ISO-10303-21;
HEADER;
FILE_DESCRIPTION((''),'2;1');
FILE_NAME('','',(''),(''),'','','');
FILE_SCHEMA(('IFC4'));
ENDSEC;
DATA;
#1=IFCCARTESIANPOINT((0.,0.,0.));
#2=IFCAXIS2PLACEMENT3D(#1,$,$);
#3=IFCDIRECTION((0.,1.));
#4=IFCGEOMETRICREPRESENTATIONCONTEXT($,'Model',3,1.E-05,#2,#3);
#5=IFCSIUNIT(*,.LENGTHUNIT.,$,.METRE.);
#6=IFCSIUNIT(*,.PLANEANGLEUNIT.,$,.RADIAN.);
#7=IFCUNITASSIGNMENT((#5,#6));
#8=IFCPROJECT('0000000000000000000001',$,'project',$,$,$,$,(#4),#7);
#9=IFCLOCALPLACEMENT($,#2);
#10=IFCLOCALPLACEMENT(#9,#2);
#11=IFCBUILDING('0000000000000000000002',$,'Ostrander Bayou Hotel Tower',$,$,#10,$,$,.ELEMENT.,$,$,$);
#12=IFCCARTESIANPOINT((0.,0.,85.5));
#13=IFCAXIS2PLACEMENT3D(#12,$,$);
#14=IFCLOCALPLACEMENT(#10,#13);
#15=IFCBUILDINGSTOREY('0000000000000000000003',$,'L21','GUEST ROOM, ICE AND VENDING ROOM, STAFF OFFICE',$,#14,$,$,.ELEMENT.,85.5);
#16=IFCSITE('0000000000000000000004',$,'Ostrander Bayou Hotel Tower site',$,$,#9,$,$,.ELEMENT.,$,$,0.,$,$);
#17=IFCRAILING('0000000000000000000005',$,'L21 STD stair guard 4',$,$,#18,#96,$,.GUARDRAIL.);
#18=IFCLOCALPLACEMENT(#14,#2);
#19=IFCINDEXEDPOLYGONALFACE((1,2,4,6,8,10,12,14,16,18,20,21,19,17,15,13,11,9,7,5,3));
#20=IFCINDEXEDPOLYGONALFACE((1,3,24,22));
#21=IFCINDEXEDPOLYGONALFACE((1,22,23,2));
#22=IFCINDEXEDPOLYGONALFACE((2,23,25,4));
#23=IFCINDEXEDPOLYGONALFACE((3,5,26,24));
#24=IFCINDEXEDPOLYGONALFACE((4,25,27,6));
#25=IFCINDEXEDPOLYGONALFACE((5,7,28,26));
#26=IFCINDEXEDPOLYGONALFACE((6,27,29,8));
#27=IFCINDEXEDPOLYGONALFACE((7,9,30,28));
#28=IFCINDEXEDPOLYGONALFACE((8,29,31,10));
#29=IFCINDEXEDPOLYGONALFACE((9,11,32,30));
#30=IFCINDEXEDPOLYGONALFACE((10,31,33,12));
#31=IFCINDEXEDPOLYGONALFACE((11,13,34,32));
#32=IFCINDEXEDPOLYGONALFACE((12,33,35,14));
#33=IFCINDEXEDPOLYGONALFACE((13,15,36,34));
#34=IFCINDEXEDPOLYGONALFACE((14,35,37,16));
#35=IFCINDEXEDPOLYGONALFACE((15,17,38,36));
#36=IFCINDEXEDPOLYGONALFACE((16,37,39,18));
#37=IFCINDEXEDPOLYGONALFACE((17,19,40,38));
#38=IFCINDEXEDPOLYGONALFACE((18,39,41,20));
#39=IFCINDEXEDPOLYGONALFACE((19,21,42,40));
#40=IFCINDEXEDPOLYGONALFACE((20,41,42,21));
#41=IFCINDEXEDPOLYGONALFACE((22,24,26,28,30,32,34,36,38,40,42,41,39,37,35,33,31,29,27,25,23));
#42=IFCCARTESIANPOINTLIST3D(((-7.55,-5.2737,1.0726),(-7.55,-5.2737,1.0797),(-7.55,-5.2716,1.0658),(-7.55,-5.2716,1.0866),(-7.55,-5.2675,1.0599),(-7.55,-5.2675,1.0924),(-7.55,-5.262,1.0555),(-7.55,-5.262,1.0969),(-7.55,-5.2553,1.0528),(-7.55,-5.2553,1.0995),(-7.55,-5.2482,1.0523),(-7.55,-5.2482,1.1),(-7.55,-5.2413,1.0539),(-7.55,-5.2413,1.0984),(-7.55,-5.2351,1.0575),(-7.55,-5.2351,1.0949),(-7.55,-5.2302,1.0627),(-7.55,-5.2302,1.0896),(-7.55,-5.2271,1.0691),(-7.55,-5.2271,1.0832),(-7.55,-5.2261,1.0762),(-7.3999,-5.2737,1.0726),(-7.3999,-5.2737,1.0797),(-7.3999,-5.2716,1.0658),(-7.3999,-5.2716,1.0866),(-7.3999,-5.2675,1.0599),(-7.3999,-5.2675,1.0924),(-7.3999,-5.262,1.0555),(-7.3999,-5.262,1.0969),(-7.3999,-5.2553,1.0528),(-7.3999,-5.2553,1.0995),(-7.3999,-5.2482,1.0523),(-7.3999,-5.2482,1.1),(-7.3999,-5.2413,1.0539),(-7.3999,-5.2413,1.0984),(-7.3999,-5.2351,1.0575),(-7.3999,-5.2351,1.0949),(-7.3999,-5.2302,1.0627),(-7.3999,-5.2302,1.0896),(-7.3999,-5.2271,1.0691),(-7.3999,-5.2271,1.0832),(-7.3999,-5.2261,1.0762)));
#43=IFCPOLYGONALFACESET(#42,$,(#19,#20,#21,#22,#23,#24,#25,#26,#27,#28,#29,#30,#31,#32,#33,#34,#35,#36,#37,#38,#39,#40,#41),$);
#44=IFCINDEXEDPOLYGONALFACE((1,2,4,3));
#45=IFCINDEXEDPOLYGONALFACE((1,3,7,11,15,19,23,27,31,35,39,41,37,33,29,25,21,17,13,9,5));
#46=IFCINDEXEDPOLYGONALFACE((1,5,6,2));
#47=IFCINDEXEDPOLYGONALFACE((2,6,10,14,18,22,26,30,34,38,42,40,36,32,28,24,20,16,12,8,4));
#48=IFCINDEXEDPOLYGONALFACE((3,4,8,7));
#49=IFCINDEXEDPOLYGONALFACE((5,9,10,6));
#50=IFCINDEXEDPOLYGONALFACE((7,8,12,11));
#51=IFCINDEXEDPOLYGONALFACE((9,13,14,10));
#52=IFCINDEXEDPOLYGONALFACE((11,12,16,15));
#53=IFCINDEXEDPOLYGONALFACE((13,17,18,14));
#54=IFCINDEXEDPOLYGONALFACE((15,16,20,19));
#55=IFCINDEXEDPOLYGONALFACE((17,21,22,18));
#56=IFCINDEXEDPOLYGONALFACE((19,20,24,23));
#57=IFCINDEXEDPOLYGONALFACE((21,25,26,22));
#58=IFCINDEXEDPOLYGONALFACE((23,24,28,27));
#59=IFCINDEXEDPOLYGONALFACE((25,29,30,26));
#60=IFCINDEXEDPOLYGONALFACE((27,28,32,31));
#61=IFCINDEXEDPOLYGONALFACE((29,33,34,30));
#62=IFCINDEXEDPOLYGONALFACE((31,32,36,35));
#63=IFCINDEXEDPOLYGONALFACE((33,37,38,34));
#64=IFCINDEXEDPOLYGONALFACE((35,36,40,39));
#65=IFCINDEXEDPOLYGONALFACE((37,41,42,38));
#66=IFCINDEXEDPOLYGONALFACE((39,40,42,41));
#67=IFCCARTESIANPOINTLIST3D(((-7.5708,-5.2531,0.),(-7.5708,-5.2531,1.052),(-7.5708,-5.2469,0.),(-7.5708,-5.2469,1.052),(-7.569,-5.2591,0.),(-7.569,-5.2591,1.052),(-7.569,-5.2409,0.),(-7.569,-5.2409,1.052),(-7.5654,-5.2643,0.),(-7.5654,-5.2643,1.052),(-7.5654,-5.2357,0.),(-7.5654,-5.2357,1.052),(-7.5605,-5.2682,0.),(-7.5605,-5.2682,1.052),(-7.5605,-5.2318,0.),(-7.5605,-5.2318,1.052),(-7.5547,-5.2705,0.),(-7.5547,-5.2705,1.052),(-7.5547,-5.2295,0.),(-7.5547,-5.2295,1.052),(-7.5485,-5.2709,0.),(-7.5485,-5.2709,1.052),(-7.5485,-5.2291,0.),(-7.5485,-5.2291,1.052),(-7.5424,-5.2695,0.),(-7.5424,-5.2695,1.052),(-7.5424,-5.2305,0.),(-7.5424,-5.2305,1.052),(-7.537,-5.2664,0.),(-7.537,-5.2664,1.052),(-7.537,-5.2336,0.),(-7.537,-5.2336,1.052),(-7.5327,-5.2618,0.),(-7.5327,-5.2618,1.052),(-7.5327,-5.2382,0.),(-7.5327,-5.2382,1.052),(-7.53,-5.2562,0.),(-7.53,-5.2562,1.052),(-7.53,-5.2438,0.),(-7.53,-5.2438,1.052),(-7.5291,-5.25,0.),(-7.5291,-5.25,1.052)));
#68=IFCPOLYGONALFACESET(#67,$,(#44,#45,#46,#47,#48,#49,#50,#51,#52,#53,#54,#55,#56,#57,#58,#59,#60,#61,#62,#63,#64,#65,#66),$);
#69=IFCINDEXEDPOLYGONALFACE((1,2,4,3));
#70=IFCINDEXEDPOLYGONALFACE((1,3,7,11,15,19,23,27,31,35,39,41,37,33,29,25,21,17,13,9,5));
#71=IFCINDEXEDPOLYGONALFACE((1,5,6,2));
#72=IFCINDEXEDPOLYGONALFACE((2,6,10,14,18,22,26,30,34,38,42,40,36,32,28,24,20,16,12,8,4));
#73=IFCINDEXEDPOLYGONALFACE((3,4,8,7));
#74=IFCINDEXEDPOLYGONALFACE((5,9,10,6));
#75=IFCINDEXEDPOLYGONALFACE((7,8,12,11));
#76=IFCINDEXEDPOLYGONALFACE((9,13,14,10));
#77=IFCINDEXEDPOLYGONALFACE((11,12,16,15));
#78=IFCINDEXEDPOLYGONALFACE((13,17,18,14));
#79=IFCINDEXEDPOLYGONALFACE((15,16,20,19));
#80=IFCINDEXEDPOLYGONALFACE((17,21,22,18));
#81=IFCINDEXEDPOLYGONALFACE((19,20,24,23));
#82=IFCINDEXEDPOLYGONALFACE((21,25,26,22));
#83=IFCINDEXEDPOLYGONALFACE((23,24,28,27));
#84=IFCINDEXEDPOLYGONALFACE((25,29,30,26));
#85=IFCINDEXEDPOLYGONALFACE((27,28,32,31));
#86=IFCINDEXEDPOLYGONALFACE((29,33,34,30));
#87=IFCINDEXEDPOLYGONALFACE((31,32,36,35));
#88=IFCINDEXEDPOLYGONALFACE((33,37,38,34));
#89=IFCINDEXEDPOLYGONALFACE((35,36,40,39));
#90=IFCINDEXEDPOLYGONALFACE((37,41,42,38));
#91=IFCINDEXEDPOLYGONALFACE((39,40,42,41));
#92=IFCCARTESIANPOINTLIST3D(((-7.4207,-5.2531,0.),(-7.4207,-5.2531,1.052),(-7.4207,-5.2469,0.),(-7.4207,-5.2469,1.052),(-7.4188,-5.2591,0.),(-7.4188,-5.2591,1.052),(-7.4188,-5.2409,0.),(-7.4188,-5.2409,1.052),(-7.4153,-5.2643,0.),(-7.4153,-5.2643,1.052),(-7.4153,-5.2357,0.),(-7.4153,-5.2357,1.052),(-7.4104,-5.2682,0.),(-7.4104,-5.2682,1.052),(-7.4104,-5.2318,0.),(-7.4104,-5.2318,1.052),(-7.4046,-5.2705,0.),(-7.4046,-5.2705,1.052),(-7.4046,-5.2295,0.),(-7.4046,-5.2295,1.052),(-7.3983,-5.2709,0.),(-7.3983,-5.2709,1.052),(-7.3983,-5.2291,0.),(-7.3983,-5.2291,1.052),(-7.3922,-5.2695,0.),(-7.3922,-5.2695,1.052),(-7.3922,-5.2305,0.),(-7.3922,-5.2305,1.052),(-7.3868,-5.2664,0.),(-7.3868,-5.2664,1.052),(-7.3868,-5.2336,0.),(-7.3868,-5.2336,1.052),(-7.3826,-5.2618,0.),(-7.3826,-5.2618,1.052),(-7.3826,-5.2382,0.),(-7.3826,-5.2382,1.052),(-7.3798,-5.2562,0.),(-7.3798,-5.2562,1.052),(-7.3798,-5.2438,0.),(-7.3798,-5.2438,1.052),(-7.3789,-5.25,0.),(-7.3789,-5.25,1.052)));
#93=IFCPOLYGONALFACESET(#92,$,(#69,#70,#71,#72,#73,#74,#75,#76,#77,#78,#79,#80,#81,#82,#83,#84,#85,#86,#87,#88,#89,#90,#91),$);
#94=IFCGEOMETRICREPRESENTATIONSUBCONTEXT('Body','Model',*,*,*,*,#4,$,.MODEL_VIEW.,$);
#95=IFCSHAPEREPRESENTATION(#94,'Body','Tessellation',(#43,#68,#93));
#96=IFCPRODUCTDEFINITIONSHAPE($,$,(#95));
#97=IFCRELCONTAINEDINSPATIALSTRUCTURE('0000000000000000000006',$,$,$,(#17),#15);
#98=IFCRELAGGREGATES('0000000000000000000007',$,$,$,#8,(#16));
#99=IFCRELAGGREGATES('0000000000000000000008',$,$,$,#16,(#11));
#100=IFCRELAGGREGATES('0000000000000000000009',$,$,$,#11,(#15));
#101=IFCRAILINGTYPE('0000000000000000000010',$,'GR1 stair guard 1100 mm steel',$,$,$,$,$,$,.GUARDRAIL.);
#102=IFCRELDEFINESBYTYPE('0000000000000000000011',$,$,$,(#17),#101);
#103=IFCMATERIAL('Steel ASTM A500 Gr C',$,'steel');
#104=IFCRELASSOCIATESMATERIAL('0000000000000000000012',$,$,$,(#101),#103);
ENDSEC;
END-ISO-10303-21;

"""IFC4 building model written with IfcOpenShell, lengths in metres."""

from ifc_helpers import new_model, si_unit, direction, frame, origin, origin_2d, place, context, subcontext, project, spatial, circle, extrude, material, type_object, element, save


model = new_model("IFC4")

# Units and contexts
model_context = context("Model", 3, precision=1e-05, world=origin(), true_north=direction((0.0, 1.0)))
body_context = subcontext(model_context, "Body", "Model", "MODEL_VIEW")
ifc_project = project(units=[si_unit("LENGTHUNIT", "METRE"), si_unit("PLANEANGLEUNIT", "RADIAN")], contexts=[model_context])

# Site, building, storey
site_placement = place(None, origin())
site = spatial("IfcSite", under=ifc_project, at=site_placement, Name="Ostrander Bayou Hotel Tower site", CompositionType="ELEMENT", RefElevation=0.0)
building_placement = place(site_placement, origin())
building = spatial("IfcBuilding", under=site, at=building_placement, Name="Ostrander Bayou Hotel Tower", CompositionType="ELEMENT")
storey_placement = place(building_placement, frame((0.0, 0.0, 85.5)))
storey = spatial("IfcBuildingStorey", under=building, at=storey_placement, Name="L21", Description="GUEST ROOM, ICE AND VENDING ROOM, STAFF OFFICE", CompositionType="ELEMENT", Elevation=85.5)

# Railing
ifc_material_1 = material(Name="Steel ASTM A500 Gr C", Category="steel")
railing_type = type_object("IfcRailingType", Name="GR1 stair guard 1100 mm steel", PredefinedType="GUARDRAIL", material=ifc_material_1)
railing_1_placement = place(storey_placement, frame((-7.55, -5.25, 0.0)))
element("IfcRailing", 1, at=railing_1_placement, inside=storey, type_object=railing_type, Name="L21 STD stair guard 4", PredefinedType="GUARDRAIL", context=body_context, shape_type="SweptSolid", body=[
    extrude(circle(Radius=0.0239, at=origin_2d()), frame((0.0, 0.0, 1.0762), z_axis=(1.0, 0.0, 0.0), x_axis=(0.0, 1.0, 0.0)), (0.0, 0.0, 1.0), 0.1501),
    extrude(circle(Radius=0.021, at=origin_2d()), origin(), (0.0, 0.0, 1.0), 1.052),
    extrude(circle(Radius=0.021, at=origin_2d()), frame((0.1501, 0.0, 0.0)), (0.0, 0.0, 1.0), 1.052),
])

save(model, "model.ifc")
